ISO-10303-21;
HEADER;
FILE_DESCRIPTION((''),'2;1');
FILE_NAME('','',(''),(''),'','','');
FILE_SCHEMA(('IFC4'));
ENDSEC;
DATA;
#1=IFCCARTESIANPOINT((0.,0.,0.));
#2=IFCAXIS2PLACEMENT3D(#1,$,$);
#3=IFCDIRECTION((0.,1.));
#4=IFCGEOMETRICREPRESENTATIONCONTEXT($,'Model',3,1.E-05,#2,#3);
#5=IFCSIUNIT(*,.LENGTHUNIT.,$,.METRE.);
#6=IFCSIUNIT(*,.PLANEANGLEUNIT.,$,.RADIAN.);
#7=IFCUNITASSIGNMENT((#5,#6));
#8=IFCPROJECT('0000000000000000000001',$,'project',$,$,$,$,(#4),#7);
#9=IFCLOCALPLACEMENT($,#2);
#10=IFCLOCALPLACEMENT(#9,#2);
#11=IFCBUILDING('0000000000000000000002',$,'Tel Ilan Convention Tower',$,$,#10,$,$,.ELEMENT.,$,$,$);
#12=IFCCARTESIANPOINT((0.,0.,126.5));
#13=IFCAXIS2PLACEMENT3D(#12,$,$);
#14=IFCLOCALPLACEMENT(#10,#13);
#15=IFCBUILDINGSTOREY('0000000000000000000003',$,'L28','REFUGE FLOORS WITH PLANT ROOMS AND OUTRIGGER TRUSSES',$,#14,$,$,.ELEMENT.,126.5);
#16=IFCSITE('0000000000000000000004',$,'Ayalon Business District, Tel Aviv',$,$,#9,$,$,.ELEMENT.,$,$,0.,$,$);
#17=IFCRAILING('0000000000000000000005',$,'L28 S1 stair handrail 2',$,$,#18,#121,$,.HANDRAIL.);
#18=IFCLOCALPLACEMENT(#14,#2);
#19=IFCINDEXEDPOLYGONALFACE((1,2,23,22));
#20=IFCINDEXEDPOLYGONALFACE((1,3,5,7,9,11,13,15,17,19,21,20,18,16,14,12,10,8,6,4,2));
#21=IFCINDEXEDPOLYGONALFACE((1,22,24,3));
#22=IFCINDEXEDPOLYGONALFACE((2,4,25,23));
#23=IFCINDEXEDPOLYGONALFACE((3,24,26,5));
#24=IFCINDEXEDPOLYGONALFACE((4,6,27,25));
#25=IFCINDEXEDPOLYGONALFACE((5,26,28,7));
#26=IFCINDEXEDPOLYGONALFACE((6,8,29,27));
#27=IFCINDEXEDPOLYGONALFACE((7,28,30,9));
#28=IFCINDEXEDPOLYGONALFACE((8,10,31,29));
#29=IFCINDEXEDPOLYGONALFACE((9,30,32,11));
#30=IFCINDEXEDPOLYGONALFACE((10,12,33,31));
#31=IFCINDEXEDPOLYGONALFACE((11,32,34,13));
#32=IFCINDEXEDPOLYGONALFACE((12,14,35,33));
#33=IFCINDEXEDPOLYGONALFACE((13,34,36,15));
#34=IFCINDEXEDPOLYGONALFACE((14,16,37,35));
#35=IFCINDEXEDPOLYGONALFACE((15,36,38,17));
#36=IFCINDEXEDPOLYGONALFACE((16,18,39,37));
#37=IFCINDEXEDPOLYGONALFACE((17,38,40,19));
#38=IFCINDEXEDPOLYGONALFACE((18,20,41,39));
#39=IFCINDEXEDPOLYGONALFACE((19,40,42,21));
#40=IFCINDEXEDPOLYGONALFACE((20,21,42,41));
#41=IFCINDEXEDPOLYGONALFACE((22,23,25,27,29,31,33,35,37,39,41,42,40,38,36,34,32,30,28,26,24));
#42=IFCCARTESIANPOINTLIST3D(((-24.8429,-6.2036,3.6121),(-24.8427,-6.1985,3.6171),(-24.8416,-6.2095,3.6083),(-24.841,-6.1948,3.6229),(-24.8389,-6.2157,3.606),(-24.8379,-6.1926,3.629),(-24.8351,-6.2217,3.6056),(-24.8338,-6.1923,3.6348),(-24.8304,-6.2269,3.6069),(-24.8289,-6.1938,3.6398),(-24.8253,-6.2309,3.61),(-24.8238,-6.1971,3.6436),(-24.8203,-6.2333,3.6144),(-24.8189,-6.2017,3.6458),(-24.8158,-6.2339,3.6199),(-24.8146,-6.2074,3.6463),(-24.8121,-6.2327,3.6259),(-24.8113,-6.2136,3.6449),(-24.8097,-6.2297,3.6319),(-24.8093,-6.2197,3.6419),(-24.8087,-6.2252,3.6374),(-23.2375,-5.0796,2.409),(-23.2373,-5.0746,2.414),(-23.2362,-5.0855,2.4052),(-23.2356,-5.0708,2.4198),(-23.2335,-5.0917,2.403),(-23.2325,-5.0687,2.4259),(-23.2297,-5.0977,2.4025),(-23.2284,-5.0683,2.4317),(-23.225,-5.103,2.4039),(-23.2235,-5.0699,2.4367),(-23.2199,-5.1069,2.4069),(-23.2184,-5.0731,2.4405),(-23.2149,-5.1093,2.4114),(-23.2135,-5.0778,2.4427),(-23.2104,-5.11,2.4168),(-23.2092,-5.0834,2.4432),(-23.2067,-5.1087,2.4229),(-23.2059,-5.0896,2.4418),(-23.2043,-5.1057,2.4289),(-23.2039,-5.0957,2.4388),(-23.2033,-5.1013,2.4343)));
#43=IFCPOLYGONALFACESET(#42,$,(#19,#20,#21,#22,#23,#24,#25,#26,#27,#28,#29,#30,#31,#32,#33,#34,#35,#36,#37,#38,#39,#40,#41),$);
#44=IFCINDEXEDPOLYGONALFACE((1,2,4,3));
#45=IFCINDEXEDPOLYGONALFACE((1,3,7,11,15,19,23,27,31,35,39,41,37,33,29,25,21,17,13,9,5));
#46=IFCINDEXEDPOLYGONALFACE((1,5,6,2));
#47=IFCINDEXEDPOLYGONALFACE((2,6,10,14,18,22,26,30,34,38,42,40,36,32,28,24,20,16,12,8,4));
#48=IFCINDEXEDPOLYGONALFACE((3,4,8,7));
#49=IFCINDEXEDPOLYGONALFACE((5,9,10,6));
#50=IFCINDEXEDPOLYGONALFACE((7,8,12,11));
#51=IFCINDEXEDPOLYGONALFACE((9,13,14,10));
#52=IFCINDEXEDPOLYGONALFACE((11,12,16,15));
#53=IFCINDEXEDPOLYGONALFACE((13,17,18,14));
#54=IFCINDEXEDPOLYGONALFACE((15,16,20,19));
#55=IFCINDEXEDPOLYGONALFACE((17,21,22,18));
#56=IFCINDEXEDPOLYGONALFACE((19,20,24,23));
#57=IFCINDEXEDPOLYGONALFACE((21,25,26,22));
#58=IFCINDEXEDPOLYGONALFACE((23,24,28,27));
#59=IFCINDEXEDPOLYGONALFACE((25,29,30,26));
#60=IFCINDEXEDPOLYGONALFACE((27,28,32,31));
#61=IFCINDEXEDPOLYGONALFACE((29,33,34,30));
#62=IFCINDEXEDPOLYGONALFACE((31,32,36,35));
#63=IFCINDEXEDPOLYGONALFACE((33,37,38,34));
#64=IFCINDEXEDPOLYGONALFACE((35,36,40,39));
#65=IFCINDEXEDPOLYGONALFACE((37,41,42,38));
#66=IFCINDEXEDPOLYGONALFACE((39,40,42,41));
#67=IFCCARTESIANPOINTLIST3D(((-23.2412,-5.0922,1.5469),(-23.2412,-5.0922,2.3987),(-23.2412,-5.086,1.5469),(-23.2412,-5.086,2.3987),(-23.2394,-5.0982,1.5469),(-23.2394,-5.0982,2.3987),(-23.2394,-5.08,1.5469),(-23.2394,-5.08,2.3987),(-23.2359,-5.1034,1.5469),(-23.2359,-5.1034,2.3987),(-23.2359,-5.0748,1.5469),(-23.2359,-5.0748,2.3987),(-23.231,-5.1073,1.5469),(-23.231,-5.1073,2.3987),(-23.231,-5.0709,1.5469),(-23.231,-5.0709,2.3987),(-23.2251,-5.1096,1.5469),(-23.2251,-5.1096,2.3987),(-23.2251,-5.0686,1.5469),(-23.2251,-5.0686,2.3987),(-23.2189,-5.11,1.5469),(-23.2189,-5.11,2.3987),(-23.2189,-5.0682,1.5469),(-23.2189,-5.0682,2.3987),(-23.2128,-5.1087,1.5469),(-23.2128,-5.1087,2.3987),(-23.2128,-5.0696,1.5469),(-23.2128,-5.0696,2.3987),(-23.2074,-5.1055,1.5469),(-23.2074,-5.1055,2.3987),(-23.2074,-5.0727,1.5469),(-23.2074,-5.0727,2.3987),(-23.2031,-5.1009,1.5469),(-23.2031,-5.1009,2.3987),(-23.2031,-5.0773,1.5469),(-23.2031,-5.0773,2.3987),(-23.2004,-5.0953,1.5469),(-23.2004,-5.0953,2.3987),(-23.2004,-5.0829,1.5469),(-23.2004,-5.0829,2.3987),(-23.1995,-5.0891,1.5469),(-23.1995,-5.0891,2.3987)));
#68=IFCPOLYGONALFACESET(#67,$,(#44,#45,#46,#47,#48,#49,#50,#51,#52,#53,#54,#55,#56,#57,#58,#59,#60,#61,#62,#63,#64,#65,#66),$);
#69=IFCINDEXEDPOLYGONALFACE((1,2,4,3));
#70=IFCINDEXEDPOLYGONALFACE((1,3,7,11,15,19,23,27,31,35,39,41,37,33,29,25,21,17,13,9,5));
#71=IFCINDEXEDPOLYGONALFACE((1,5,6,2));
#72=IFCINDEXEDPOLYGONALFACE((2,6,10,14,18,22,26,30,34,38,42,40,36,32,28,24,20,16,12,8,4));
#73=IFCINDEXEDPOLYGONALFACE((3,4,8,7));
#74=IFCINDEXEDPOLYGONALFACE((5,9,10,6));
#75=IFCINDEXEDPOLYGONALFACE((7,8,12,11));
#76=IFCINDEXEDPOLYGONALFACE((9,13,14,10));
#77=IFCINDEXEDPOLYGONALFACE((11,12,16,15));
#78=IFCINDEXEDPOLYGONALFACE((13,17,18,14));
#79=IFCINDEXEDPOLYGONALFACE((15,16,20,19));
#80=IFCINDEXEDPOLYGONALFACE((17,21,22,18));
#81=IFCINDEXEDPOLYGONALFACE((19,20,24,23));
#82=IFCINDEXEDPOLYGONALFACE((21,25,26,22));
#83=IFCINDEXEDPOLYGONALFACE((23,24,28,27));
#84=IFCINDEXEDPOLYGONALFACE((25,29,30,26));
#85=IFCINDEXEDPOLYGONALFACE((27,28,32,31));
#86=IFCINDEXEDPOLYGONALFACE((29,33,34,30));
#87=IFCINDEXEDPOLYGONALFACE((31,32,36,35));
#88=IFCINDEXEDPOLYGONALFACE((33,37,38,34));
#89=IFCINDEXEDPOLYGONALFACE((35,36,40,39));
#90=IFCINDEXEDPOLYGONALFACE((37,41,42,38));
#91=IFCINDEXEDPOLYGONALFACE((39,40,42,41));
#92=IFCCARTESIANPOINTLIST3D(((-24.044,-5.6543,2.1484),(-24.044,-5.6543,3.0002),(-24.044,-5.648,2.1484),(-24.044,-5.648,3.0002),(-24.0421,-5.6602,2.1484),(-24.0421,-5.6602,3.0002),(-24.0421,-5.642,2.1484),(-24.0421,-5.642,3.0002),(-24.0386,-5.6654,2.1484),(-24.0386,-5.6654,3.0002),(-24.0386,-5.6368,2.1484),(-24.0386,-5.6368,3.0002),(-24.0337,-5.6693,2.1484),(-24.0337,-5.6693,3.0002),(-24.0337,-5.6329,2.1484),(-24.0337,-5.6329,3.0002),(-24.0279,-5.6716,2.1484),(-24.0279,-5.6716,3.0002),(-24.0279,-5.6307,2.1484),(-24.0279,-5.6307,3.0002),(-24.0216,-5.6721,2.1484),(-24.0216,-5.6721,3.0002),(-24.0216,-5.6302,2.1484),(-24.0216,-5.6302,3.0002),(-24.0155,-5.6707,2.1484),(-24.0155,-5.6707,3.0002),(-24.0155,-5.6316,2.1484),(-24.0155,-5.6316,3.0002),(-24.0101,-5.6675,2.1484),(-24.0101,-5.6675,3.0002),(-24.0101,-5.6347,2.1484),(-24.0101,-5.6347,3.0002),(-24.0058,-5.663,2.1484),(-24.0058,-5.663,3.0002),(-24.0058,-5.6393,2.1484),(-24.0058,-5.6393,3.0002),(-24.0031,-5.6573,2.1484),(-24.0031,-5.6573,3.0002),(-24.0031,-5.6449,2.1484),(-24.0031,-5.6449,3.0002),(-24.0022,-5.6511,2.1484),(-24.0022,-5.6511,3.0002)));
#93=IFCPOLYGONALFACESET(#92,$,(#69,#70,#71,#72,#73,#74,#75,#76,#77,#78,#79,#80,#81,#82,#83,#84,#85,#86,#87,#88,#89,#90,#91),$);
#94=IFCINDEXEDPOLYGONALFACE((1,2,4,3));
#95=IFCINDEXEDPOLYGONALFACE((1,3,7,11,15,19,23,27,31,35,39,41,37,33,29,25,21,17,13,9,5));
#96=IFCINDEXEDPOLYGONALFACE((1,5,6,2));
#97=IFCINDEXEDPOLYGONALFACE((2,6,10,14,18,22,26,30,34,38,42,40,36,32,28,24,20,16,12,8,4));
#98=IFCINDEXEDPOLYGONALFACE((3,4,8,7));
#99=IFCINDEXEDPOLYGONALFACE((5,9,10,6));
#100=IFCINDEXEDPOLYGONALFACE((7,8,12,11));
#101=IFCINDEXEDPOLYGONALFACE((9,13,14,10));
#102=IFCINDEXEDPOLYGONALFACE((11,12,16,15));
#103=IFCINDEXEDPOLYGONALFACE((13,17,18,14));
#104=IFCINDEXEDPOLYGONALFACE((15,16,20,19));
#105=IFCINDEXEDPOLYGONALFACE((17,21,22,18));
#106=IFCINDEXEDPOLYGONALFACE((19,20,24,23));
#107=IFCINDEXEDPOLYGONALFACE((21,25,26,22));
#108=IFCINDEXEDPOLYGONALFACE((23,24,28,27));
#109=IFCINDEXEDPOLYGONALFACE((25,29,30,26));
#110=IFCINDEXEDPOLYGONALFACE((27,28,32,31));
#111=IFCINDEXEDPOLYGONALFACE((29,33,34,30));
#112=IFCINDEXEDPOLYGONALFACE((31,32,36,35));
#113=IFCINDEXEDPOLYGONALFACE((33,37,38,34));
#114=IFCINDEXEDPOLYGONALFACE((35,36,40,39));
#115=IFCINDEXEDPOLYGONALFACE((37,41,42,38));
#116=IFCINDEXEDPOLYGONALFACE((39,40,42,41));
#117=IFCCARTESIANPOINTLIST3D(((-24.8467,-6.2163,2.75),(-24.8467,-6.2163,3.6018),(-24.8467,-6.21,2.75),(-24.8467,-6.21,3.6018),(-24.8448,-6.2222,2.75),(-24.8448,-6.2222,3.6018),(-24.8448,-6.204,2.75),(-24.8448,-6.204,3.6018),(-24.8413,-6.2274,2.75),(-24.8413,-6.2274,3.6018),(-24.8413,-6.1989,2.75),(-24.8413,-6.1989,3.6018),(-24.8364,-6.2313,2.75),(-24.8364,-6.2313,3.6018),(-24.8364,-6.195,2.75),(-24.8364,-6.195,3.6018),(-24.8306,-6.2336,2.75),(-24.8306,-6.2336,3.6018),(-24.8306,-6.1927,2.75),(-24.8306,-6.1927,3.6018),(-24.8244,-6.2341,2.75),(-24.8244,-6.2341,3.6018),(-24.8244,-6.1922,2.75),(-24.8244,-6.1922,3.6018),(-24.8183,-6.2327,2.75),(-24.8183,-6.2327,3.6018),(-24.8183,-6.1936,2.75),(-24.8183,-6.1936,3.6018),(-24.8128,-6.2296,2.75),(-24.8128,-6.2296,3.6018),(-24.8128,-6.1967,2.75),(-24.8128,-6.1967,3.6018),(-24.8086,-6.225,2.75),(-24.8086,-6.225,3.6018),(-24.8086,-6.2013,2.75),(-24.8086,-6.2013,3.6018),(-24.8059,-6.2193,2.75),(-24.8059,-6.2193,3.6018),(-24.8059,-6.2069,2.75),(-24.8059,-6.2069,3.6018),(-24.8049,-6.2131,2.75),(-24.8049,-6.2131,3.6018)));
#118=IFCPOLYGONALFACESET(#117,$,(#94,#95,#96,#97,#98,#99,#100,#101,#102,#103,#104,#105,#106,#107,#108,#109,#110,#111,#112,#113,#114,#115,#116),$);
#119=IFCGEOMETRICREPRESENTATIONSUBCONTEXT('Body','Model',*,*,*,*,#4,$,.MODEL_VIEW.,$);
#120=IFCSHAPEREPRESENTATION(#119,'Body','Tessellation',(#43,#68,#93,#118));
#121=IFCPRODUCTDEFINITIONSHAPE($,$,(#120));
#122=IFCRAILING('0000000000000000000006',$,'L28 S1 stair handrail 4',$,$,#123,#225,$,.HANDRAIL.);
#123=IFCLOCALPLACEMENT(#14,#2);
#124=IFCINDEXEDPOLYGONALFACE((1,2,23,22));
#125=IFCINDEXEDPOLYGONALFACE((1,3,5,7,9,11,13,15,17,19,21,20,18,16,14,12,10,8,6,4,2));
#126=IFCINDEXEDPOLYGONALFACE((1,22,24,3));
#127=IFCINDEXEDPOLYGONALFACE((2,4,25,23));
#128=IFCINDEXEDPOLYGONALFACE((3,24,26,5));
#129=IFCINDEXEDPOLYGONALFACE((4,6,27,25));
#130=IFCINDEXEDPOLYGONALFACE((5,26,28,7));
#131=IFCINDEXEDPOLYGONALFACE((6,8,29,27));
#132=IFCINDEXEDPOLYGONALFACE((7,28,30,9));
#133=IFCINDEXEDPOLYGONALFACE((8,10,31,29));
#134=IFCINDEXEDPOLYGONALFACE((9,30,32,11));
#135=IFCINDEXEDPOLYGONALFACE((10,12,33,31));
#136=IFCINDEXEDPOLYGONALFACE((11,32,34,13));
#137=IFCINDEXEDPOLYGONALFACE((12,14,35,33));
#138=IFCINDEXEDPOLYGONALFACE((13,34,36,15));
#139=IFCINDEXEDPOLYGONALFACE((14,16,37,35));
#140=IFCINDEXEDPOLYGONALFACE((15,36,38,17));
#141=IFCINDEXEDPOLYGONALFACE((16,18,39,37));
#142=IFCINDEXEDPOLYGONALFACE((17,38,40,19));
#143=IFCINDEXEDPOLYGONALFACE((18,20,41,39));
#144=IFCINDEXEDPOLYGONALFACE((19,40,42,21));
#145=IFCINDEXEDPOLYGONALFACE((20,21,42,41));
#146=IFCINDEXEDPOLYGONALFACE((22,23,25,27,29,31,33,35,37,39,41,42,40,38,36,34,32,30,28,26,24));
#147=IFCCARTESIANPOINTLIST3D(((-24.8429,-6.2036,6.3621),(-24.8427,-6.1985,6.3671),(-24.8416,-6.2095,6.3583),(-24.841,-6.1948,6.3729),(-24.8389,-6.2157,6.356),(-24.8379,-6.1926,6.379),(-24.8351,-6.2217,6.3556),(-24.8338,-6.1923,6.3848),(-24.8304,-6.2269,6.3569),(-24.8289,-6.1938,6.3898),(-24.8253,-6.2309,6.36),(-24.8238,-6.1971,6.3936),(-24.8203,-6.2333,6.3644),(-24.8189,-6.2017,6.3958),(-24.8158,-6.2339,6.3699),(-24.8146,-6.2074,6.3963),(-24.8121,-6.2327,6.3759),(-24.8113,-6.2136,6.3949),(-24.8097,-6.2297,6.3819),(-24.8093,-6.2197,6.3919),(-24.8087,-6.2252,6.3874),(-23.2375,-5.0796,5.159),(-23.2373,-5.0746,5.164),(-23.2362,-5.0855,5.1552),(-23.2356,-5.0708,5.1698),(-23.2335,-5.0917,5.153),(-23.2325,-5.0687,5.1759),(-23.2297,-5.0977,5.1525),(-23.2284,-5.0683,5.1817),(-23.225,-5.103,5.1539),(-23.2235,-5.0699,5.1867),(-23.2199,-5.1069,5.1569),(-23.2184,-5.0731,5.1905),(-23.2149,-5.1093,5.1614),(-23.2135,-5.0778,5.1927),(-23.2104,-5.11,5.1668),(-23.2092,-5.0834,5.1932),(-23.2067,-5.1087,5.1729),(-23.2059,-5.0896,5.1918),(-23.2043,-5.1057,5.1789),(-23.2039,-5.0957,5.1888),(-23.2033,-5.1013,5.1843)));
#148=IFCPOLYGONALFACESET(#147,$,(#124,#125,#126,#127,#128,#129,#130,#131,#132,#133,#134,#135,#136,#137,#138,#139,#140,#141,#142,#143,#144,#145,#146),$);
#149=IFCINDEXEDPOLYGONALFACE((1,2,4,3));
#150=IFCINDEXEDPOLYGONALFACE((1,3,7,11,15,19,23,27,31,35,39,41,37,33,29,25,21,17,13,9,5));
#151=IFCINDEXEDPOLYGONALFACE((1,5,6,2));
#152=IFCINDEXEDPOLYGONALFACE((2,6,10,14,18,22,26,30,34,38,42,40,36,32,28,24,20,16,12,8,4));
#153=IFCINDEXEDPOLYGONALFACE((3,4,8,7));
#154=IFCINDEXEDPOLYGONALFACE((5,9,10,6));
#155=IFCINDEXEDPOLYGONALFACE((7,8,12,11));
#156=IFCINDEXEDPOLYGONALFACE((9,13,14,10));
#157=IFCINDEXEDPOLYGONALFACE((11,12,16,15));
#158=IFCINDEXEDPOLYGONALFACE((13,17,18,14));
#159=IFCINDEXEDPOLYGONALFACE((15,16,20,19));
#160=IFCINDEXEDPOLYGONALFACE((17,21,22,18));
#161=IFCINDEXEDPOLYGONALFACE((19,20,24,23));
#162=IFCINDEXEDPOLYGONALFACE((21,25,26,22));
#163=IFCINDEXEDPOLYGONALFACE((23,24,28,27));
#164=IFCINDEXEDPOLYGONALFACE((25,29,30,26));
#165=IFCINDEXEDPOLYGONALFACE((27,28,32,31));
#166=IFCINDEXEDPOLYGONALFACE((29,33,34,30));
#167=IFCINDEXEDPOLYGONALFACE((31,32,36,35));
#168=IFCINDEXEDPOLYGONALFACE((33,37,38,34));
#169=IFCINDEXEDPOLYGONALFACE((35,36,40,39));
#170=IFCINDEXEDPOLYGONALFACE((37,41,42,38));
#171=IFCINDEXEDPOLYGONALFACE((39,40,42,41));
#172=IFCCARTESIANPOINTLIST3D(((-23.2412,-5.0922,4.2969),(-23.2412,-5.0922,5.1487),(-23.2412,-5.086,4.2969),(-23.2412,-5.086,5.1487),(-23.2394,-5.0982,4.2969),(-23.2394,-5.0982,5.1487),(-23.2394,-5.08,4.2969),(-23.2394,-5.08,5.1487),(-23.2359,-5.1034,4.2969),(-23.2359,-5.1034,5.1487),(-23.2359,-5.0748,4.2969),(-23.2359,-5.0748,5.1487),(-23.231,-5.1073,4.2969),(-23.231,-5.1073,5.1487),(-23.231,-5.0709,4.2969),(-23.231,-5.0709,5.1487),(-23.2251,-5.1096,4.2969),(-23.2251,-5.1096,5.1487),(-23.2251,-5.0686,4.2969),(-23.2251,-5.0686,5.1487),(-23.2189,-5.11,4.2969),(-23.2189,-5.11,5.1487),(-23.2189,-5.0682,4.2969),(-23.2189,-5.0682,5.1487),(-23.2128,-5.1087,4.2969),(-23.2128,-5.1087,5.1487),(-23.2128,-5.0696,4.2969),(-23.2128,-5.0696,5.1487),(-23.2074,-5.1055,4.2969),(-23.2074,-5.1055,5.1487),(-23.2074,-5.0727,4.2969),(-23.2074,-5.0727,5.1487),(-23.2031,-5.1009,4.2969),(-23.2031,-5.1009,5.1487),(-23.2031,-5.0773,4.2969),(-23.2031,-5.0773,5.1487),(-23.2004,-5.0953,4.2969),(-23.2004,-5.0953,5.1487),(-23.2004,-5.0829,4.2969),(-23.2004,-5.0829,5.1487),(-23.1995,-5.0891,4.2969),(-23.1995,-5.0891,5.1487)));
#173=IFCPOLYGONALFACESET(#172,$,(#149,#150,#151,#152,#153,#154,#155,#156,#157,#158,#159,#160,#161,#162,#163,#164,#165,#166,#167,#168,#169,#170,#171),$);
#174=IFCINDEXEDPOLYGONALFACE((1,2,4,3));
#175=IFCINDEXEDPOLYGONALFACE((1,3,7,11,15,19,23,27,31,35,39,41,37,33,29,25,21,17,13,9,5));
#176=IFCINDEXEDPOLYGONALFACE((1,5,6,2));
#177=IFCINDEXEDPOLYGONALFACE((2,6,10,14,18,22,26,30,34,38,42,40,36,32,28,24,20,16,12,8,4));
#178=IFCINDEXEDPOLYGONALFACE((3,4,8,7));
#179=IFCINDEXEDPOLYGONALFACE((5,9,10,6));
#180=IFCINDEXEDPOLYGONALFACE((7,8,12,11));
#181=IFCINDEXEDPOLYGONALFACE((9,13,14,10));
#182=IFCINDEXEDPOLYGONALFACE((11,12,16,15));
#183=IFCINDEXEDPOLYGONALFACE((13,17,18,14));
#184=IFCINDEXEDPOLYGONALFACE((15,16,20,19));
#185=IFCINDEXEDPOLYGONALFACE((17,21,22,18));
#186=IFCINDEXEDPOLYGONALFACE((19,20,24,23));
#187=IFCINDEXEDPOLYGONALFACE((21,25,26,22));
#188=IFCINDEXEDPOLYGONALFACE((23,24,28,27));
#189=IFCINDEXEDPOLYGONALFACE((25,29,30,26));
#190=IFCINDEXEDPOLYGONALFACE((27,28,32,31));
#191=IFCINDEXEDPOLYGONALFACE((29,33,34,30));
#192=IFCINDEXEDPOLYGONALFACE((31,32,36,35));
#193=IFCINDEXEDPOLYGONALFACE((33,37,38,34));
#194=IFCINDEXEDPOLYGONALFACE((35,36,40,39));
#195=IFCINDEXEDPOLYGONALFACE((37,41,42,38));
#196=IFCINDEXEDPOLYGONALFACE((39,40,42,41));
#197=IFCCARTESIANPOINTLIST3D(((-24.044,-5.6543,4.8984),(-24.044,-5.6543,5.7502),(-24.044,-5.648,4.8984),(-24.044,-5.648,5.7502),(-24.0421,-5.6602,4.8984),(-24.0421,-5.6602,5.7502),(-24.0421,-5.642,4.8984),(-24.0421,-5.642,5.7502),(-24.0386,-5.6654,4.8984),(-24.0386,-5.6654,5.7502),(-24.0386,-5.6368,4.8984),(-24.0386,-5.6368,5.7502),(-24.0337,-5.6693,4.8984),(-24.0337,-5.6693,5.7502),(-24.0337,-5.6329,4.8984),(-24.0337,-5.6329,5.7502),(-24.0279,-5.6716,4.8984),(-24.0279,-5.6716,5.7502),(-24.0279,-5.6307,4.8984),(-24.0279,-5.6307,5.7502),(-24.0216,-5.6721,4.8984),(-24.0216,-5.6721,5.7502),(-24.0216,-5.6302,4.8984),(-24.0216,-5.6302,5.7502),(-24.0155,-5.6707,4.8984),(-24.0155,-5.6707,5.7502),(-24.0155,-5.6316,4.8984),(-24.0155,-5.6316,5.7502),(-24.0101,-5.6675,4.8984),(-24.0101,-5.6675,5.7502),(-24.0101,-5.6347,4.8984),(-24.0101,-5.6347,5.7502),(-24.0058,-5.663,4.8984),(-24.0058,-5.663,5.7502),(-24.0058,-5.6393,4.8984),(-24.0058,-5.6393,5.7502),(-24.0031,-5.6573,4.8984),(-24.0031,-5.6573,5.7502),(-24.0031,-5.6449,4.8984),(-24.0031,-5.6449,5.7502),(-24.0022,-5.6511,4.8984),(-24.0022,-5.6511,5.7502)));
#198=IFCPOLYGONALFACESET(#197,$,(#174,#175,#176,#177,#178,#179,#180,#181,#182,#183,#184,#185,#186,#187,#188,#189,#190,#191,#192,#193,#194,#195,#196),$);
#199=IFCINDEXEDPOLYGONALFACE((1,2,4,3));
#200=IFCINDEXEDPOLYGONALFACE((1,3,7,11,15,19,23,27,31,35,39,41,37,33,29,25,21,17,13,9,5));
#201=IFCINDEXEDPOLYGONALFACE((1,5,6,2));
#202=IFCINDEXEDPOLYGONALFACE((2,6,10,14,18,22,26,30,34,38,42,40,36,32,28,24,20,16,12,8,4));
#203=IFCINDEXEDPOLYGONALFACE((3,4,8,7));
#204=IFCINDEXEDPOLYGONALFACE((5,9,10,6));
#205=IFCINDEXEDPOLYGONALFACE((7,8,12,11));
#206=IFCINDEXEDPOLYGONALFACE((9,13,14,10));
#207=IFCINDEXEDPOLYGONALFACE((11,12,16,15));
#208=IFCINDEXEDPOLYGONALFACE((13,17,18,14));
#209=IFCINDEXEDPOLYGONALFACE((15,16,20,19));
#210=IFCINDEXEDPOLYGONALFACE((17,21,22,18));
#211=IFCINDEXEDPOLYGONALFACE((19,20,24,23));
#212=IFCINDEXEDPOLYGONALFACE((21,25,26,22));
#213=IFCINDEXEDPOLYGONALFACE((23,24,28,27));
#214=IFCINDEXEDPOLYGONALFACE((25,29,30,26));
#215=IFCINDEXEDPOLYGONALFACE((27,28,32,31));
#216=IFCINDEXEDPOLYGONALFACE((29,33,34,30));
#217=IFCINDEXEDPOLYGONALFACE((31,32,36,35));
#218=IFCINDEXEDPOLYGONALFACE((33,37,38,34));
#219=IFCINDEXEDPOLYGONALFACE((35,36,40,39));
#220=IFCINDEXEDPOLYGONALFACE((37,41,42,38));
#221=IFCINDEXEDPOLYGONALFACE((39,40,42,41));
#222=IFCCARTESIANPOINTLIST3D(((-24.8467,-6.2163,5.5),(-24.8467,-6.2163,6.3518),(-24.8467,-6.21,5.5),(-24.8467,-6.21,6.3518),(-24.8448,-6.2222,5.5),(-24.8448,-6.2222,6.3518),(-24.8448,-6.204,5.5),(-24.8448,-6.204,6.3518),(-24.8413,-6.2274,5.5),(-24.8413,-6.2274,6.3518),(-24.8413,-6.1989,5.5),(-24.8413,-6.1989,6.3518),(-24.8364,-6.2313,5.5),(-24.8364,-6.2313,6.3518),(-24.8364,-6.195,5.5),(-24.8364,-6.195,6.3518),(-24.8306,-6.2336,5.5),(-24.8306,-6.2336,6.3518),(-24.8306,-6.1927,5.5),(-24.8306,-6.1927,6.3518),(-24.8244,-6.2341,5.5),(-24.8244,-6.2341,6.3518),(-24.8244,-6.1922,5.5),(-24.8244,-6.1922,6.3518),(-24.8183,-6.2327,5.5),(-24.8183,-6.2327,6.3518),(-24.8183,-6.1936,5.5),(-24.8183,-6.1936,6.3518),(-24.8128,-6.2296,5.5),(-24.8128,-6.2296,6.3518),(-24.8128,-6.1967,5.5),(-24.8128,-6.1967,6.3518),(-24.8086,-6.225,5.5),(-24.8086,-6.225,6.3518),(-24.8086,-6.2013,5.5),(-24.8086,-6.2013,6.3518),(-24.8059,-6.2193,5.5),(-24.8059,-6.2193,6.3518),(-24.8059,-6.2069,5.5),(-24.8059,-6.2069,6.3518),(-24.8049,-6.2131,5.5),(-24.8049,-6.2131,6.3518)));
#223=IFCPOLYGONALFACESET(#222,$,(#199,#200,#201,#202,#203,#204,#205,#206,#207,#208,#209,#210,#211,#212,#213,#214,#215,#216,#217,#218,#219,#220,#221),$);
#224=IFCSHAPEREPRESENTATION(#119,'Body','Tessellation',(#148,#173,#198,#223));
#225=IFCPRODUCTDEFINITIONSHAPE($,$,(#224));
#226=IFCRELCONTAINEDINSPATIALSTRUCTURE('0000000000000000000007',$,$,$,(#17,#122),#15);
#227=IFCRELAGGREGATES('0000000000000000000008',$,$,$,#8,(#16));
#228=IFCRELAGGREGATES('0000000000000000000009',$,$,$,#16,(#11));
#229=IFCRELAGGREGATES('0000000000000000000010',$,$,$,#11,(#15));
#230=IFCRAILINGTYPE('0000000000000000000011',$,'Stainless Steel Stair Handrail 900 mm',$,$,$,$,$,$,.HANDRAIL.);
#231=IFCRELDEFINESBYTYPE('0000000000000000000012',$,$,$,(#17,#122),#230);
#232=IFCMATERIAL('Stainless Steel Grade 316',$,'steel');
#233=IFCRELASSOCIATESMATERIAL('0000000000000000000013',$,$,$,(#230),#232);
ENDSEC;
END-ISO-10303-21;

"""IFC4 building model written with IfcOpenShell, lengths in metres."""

from ifc_helpers import new_model, si_unit, direction, frame, origin, origin_2d, place, context, subcontext, project, spatial, circle, extrude, material, type_object, element, save


model = new_model("IFC4")

# Units and contexts
model_context = context("Model", 3, precision=1e-05, world=origin(), true_north=direction((0.0, 1.0)))
body_context = subcontext(model_context, "Body", "Model", "MODEL_VIEW")
ifc_project = project(units=[si_unit("LENGTHUNIT", "METRE"), si_unit("PLANEANGLEUNIT", "RADIAN")], contexts=[model_context])

# Site, building, storey
site_placement = place(None, origin())
site = spatial("IfcSite", under=ifc_project, at=site_placement, Name="Ayalon Business District, Tel Aviv", CompositionType="ELEMENT", RefElevation=0.0)
building_placement = place(site_placement, origin())
building = spatial("IfcBuilding", under=site, at=building_placement, Name="Tel Ilan Convention Tower", CompositionType="ELEMENT")
storey_placement = place(building_placement, frame((0.0, 0.0, 126.5)))
storey = spatial("IfcBuildingStorey", under=building, at=storey_placement, Name="L28", Description="REFUGE FLOORS WITH PLANT ROOMS AND OUTRIGGER TRUSSES", CompositionType="ELEMENT", Elevation=126.5)

# Railings
ifc_material_1 = material(Name="Stainless Steel Grade 316", Category="steel")
railing_type_1 = type_object("IfcRailingType", Name="Stainless Steel Stair Handrail 900 mm", PredefinedType="HANDRAIL", material=ifc_material_1)
for number, where, name in (
    (1, (-23.2205, -5.0891, 1.5469), "L28 S1 stair handrail 2"),
    (2, (-23.2205, -5.0891, 4.2969), "L28 S1 stair handrail 4"),
):
    element("IfcRailing", number, at=place(storey_placement, frame(where)), inside=storey, type_object=railing_type_1, Name=name, PredefinedType="HANDRAIL", context=body_context, shape_type="SweptSolid", body=[
        extrude(circle(Radius=0.0239, at=origin_2d()), frame((0.0, 0.0, 0.876), z_axis=(-0.698131, -0.488777, 0.523174), x_axis=(0.573529, -0.819185, 0.0)), (0.0, 0.0, 1.0), 2.2996),
        extrude(circle(Radius=0.021, at=origin_2d()), origin(), (0.0, 0.0, 1.0), 0.8518),
        extrude(circle(Radius=0.021, at=origin_2d()), frame((-0.8027, -0.562, 0.6016)), (0.0, 0.0, 1.0), 0.8518),
        extrude(circle(Radius=0.021, at=origin_2d()), frame((-1.6055, -1.124, 1.2031)), (0.0, 0.0, 1.0), 0.8518),
    ])

save(model, "model.ifc")
